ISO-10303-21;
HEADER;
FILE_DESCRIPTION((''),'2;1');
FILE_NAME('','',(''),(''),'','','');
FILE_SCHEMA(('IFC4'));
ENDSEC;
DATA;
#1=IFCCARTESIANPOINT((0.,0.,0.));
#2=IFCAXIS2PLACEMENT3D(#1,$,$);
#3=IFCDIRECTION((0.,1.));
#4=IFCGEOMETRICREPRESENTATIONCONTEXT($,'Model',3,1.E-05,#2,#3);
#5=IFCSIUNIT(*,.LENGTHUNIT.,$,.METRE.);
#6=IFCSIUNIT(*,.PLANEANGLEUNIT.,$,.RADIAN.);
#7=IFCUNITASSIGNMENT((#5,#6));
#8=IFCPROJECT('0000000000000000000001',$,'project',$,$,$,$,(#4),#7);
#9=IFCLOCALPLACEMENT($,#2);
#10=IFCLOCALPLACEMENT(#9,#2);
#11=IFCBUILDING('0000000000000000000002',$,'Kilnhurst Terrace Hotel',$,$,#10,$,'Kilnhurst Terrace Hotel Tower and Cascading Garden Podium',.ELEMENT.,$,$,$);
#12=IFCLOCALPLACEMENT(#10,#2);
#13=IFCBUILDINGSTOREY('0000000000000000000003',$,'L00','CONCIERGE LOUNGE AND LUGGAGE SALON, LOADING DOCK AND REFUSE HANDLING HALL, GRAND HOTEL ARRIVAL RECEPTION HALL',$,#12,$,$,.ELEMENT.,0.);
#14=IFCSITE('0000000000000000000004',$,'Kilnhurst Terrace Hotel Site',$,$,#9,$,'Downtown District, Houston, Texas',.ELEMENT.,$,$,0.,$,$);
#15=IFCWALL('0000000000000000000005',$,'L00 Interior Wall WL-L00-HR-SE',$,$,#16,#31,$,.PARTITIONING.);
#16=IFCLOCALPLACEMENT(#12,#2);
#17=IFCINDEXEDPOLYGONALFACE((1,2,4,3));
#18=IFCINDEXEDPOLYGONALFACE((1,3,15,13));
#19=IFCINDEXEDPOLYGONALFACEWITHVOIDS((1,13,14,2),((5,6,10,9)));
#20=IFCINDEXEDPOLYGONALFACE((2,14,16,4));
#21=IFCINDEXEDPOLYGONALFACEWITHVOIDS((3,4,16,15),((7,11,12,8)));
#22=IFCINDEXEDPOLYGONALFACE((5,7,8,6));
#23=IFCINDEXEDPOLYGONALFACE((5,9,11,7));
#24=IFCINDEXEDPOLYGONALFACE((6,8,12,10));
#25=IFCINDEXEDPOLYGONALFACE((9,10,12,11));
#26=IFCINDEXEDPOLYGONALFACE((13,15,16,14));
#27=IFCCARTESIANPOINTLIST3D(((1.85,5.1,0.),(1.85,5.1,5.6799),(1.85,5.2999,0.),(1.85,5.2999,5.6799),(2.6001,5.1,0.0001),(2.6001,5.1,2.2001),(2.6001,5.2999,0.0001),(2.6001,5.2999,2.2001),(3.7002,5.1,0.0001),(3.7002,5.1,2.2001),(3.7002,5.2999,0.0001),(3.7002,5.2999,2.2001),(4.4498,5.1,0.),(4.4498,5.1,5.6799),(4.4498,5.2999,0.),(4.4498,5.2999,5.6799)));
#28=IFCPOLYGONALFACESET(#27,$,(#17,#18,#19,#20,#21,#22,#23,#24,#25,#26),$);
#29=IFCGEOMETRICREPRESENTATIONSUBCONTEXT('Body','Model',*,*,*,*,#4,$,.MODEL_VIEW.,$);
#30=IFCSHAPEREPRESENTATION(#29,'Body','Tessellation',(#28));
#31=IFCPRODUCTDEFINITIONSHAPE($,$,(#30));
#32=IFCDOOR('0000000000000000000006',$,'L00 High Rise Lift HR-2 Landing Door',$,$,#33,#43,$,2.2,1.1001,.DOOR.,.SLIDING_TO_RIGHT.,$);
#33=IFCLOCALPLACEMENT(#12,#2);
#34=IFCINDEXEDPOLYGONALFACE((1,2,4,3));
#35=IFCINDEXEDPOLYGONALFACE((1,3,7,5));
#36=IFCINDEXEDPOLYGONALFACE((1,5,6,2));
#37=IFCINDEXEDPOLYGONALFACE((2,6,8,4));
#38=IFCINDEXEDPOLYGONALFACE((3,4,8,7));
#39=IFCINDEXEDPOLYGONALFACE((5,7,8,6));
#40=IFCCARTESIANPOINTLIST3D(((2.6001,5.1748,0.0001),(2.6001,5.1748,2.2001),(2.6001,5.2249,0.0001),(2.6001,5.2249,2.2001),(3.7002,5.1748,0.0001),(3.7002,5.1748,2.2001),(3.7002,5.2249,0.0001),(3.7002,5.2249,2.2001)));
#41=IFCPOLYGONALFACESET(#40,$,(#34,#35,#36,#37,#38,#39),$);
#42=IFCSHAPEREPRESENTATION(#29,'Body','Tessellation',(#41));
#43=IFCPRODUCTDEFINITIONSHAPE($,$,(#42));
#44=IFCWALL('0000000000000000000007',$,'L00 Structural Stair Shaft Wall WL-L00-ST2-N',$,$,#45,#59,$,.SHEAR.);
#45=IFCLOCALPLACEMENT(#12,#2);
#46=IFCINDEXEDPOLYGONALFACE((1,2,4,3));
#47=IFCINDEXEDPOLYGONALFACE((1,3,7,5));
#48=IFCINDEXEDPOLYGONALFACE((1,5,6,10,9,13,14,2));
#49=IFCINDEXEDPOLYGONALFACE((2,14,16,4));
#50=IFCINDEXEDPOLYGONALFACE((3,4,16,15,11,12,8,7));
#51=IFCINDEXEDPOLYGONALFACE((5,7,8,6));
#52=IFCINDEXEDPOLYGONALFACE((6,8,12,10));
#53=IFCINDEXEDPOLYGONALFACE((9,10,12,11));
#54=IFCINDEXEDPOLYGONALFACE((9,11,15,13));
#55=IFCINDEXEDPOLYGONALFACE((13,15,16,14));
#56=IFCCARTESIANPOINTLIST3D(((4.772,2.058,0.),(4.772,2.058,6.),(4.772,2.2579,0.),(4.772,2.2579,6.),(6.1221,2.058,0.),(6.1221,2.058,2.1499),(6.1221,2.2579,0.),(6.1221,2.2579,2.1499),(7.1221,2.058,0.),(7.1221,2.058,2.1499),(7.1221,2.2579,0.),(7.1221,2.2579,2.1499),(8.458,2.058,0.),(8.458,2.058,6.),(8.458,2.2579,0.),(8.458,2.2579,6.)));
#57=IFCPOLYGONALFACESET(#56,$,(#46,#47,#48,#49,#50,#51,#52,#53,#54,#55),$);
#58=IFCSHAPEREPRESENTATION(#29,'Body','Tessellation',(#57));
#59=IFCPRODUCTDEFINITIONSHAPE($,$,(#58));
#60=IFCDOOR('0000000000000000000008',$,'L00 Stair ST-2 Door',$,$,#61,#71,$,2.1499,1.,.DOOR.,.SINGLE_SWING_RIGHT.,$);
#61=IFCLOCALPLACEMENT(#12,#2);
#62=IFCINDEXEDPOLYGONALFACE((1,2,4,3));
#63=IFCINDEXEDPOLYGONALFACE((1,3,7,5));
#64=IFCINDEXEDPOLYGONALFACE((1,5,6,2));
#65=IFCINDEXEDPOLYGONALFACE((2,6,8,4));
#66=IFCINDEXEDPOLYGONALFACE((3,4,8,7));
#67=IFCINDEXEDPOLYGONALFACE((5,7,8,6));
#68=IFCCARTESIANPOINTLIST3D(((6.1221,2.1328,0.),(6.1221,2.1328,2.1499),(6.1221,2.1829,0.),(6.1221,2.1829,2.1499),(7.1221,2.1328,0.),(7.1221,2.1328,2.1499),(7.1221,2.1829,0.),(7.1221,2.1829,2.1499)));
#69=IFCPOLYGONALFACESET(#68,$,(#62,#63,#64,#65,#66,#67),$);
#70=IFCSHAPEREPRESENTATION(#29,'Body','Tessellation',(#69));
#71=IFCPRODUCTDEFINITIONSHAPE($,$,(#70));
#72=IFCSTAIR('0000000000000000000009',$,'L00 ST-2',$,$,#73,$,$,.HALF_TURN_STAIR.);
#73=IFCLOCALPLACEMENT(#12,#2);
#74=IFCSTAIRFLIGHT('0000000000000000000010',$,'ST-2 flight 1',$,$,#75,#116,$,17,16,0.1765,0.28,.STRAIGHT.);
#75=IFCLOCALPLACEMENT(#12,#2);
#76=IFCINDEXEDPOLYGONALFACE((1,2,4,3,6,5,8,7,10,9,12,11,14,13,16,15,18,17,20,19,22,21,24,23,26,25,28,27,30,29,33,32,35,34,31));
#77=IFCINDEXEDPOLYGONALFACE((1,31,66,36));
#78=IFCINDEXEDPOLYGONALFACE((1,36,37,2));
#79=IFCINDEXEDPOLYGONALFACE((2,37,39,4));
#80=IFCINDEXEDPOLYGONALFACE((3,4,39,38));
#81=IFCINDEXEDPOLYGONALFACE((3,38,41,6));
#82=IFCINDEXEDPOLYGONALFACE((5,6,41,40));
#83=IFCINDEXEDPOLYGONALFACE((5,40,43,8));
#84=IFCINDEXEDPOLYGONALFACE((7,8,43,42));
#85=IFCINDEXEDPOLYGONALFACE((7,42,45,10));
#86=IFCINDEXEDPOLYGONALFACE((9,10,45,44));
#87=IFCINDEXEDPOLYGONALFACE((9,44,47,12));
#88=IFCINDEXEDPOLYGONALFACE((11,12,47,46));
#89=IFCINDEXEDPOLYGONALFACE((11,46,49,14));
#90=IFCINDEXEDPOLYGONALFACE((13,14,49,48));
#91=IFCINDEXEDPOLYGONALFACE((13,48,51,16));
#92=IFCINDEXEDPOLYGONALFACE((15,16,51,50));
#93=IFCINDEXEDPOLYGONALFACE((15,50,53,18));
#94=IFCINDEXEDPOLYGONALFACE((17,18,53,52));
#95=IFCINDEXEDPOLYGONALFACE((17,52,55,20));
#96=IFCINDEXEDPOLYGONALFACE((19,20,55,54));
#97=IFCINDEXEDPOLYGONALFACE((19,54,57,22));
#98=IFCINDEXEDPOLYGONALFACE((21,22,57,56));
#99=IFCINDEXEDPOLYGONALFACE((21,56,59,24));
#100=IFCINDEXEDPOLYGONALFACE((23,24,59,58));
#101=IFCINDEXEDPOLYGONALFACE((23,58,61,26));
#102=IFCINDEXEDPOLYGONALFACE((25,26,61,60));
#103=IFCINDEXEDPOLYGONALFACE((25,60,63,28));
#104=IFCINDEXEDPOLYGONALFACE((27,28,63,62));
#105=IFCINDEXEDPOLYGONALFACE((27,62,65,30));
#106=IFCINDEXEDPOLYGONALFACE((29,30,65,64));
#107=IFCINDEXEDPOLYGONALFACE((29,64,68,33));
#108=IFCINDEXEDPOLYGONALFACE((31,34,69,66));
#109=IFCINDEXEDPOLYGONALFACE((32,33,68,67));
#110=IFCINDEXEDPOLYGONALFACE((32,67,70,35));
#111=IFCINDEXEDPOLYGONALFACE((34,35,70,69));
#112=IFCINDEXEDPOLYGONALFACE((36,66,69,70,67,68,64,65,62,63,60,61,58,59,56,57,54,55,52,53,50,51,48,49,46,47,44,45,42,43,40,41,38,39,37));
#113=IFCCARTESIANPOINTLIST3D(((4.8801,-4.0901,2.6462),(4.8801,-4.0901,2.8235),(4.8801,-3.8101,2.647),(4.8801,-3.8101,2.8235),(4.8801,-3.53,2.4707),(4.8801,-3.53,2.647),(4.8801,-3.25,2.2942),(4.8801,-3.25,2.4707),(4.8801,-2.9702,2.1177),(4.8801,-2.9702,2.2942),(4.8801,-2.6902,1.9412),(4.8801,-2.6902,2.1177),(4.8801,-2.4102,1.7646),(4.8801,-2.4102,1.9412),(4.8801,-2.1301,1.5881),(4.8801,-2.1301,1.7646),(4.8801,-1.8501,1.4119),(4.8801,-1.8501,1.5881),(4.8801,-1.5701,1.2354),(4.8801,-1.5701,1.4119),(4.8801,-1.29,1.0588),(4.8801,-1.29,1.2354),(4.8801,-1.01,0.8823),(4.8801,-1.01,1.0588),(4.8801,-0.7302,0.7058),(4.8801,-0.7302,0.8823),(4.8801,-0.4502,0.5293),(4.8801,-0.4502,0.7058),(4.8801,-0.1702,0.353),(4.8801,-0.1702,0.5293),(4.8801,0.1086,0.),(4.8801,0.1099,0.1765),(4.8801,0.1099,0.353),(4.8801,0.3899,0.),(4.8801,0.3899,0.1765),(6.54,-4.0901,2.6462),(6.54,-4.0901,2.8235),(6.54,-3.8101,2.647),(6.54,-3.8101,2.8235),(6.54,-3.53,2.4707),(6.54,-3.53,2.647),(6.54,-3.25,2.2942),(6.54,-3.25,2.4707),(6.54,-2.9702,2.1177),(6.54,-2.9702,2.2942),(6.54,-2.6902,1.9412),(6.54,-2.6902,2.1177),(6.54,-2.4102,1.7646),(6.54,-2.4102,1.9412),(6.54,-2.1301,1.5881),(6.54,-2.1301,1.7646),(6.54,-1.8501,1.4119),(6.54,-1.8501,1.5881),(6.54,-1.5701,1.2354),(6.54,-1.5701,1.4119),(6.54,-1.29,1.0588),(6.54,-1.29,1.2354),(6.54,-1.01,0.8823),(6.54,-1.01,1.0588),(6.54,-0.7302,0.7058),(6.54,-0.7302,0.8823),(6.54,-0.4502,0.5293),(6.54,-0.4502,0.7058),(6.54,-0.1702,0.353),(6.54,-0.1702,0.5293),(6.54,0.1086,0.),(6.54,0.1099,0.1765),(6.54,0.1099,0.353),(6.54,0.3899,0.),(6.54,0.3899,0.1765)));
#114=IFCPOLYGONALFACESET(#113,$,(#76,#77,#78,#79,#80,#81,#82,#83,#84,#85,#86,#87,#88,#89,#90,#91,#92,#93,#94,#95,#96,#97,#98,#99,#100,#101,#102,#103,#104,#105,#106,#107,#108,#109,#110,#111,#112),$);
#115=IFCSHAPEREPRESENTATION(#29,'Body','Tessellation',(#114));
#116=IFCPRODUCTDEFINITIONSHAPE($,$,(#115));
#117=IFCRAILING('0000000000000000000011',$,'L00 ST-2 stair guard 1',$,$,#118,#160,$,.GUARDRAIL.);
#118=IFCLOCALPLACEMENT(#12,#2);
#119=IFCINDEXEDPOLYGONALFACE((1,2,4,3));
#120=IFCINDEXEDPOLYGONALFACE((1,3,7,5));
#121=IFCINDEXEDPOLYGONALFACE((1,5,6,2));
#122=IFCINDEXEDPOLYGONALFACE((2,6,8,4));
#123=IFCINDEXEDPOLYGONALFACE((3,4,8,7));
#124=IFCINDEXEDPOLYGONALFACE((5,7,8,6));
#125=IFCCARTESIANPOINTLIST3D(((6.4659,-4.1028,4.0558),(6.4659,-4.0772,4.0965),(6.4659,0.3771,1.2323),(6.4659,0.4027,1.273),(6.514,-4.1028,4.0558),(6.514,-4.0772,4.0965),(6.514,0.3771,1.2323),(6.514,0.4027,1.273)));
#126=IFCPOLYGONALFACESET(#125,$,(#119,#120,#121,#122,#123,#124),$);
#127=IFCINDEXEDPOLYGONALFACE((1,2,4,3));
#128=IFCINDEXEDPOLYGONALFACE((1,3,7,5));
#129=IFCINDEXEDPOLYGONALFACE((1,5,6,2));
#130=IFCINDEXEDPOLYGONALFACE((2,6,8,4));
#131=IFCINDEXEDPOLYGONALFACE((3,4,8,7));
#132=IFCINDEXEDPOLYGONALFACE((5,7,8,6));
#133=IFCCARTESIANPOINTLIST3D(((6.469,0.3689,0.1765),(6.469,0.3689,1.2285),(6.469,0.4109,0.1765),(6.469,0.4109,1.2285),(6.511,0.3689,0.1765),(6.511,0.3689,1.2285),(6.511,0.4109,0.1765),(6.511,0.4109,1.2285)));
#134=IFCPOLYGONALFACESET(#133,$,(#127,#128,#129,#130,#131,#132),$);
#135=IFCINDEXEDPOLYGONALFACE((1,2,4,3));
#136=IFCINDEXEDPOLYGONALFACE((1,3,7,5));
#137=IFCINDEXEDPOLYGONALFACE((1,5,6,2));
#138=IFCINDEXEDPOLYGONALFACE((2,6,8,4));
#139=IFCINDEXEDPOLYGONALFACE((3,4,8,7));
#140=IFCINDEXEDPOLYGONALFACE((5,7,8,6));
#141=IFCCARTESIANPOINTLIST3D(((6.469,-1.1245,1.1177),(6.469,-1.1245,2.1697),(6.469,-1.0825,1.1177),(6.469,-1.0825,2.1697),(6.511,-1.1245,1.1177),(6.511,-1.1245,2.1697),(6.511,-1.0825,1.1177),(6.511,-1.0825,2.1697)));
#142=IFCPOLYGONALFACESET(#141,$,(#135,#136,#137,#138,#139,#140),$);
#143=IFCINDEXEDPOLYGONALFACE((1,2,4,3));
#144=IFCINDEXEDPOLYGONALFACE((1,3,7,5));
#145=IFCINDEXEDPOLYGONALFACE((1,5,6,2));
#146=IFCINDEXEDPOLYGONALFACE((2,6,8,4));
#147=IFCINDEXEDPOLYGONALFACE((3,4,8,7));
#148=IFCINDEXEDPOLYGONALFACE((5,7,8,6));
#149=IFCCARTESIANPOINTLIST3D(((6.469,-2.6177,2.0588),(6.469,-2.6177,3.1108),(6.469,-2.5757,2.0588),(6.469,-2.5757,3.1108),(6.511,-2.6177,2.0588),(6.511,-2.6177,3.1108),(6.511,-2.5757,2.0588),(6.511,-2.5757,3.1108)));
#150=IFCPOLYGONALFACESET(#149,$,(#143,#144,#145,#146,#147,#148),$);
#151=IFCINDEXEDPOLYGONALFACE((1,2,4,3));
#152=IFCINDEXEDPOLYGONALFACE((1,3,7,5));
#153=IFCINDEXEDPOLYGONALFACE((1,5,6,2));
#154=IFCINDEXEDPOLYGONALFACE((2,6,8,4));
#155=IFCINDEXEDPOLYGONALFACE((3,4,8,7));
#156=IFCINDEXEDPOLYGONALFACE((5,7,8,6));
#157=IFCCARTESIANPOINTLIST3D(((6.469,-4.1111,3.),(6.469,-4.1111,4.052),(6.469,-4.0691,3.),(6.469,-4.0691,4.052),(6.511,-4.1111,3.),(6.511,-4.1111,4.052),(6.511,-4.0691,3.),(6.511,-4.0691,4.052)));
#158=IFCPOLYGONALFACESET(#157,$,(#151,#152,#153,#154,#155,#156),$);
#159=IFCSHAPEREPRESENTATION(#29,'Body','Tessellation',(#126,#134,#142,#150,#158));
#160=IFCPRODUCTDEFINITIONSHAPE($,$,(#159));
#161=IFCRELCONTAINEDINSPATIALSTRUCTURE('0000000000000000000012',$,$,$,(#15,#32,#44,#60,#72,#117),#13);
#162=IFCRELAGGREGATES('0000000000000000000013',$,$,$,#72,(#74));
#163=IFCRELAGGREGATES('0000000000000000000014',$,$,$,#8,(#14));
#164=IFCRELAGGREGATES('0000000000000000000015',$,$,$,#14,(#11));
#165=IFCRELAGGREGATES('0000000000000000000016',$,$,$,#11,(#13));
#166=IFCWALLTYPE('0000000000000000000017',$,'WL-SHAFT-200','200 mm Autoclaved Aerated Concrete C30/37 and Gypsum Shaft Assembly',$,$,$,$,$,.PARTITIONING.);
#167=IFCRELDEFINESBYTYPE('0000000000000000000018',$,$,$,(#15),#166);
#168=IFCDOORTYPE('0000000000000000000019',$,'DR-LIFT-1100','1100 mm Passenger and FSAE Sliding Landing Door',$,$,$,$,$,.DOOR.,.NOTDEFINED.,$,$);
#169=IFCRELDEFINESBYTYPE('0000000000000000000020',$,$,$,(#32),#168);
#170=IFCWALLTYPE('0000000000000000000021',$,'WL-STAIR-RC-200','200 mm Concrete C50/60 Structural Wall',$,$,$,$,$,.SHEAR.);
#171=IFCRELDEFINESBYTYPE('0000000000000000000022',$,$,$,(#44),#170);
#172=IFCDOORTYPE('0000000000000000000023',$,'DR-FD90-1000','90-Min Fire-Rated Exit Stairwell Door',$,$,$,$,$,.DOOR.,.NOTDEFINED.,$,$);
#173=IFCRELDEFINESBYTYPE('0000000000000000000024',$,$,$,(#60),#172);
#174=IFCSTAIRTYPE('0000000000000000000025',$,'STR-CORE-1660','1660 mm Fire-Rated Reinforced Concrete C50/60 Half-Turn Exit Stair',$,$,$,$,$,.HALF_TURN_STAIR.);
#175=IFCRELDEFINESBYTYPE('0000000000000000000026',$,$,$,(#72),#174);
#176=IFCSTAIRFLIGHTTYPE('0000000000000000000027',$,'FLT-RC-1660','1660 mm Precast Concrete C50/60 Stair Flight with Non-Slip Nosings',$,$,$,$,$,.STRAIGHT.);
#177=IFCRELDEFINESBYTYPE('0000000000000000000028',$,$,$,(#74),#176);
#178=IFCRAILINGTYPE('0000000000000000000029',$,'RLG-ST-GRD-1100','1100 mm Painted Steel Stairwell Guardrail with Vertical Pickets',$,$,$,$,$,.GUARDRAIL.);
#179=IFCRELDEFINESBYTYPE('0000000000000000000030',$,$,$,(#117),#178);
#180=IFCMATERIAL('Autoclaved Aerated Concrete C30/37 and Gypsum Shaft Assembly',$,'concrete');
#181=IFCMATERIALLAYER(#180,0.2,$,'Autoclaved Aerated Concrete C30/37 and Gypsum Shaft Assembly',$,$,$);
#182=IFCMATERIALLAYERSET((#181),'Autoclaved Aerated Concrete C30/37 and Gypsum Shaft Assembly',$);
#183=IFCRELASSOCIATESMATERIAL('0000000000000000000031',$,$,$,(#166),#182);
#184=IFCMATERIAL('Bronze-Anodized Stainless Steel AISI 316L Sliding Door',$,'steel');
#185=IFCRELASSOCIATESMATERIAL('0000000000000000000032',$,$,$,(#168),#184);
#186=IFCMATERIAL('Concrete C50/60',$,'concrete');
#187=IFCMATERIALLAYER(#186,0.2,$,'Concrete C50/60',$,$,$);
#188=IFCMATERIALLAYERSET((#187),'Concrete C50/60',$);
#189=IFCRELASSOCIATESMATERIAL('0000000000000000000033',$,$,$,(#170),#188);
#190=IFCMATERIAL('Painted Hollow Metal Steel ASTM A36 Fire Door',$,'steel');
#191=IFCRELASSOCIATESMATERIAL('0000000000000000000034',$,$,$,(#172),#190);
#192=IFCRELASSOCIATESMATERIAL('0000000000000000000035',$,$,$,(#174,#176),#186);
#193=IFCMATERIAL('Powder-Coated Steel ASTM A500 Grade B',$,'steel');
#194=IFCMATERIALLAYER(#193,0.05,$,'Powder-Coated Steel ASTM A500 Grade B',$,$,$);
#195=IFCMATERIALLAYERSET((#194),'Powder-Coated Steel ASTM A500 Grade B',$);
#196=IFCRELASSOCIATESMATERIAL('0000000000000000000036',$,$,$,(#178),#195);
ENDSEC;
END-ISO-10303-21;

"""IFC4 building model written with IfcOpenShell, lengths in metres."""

from ifc_helpers import new_model, si_unit, direction, frame, frame_2d, origin, origin_2d, place, context, subcontext, project, spatial, polyline, rectangle, outline, extrude, material, layer, layer_set, type_object, element, fill, aggregate, save


model = new_model("IFC4")

# Units and contexts
model_context = context("Model", 3, precision=1e-05, world=origin(), true_north=direction((0.0, 1.0)))
body_context = subcontext(model_context, "Body", "Model", "MODEL_VIEW")
ifc_project = project(units=[si_unit("LENGTHUNIT", "METRE"), si_unit("PLANEANGLEUNIT", "RADIAN")], contexts=[model_context])

# Site, building, storey
site_placement = place(None, origin())
site = spatial("IfcSite", under=ifc_project, at=site_placement, Name="Kilnhurst Terrace Hotel Site", LongName="Downtown District, Houston, Texas", CompositionType="ELEMENT", RefElevation=0.0)
building_placement = place(site_placement, origin())
building = spatial("IfcBuilding", under=site, at=building_placement, Name="Kilnhurst Terrace Hotel", LongName="Kilnhurst Terrace Hotel Tower and Cascading Garden Podium", CompositionType="ELEMENT")
storey_placement = place(building_placement, origin())
storey = spatial("IfcBuildingStorey", under=building, at=storey_placement, Name="L00", Description="CONCIERGE LOUNGE AND LUGGAGE SALON, LOADING DOCK AND REFUSE HANDLING HALL, GRAND HOTEL ARRIVAL RECEPTION HALL", CompositionType="ELEMENT", Elevation=0.0)

# Shared definitions
ifc_material_1 = material(Name="Concrete C50/60", Category="concrete")

# Shared definitions
ifc_material_2 = material(Name="Autoclaved Aerated Concrete C30/37 and Gypsum Shaft Assembly", Category="concrete")
ifc_layer_1 = layer(ifc_material_2, 0.2, Name="Autoclaved Aerated Concrete C30/37 and Gypsum Shaft Assembly")
ifc_layer_set_1 = layer_set([ifc_layer_1], Name="Autoclaved Aerated Concrete C30/37 and Gypsum Shaft Assembly")
wall_type_1 = type_object("IfcWallType", Name="WL-SHAFT-200", Description="200 mm Autoclaved Aerated Concrete C30/37 and Gypsum Shaft Assembly", PredefinedType="PARTITIONING", material=ifc_layer_set_1)
ifc_material_3 = material(Name="Bronze-Anodized Stainless Steel AISI 316L Sliding Door", Category="steel")
door_type_1 = type_object("IfcDoorType", Name="DR-LIFT-1100", Description="1100 mm Passenger and FSAE Sliding Landing Door", OperationType="NOTDEFINED", PredefinedType="DOOR", material=ifc_material_3)

# Walls, openings, doors
wall_1_placement = place(storey_placement, frame((1.8501, 5.2, 0.0), z_axis=(0.0, 0.0, 1.0), x_axis=(1.0, 0.0, 0.0)))
wall_1 = element("IfcWall", 1, at=wall_1_placement, inside=storey, type_object=wall_type_1, Name="L00 Interior Wall WL-L00-HR-SE", PredefinedType="PARTITIONING", context=body_context, shape_type="SweptSolid", body=[
    extrude(rectangle(XDim=2.5999, YDim=0.2, at=frame_2d((1.2998, 0.0))), origin(), (0.0, 0.0, 1.0), 5.6799),
])
opening_1_placement = place(wall_1_placement, frame((0.75, 0.0, 0.0)))
opening_1 = element("IfcOpeningElement", 2, at=opening_1_placement, cuts=wall_1, PredefinedType="OPENING", context=body_context, shape_type="SweptSolid", body=[
    extrude(rectangle(XDim=1.1001, YDim=2.2, at=frame_2d((0.55, 1.1001))), frame((0.0, 0.1099, 0.0), z_axis=(0.0, -1.0, 0.0), x_axis=(1.0, 0.0, 0.0)), (0.0, 0.0, 1.0), 0.22),
])
door_1_placement = place(opening_1_placement, origin())
door_1 = element("IfcDoor", 3, at=door_1_placement, inside=storey, type_object=door_type_1, Name="L00 High Rise Lift HR-2 Landing Door", OperationType="SLIDING_TO_RIGHT", OverallHeight=2.2, OverallWidth=1.1001, PredefinedType="DOOR", context=body_context, shape_type="SweptSolid", body=[
    extrude(rectangle(XDim=1.1001, YDim=2.2, at=frame_2d((0.55, 1.1001))), frame((0.0, 0.0249, 0.0), z_axis=(0.0, -1.0, 0.0), x_axis=(1.0, 0.0, 0.0)), (0.0, 0.0, 1.0), 0.05),
])
fill(opening_1, door_1)
ifc_layer_2 = layer(ifc_material_1, 0.2, Name="Concrete C50/60")
ifc_layer_set_2 = layer_set([ifc_layer_2], Name="Concrete C50/60")
wall_type_2 = type_object("IfcWallType", Name="WL-STAIR-RC-200", Description="200 mm Concrete C50/60 Structural Wall", PredefinedType="SHEAR", material=ifc_layer_set_2)
wall_2_placement = place(storey_placement, frame((4.772, 2.158, 0.0), z_axis=(0.0, 0.0, 1.0), x_axis=(1.0, 0.0, 0.0)))
wall_2 = element("IfcWall", 4, at=wall_2_placement, inside=storey, type_object=wall_type_2, Name="L00 Structural Stair Shaft Wall WL-L00-ST2-N", PredefinedType="SHEAR", context=body_context, shape_type="SweptSolid", body=[
    extrude(rectangle(XDim=3.686, YDim=0.2, at=frame_2d((1.843, 0.0))), origin(), (0.0, 0.0, 1.0), 6.0),
])
opening_2_placement = place(wall_2_placement, frame((1.3501, 0.0, 0.0)))
opening_2 = element("IfcOpeningElement", 5, at=opening_2_placement, cuts=wall_2, PredefinedType="OPENING", context=body_context, shape_type="SweptSolid", body=[
    extrude(rectangle(XDim=1.0, YDim=2.1499, at=frame_2d((0.5, 1.075))), frame((0.0, 0.1099, 0.0), z_axis=(0.0, -1.0, 0.0), x_axis=(1.0, 0.0, 0.0)), (0.0, 0.0, 1.0), 0.22),
])
ifc_material_4 = material(Name="Painted Hollow Metal Steel ASTM A36 Fire Door", Category="steel")
door_type_2 = type_object("IfcDoorType", Name="DR-FD90-1000", Description="90-Min Fire-Rated Exit Stairwell Door", OperationType="NOTDEFINED", PredefinedType="DOOR", material=ifc_material_4)
door_2_placement = place(opening_2_placement, origin())
door_2 = element("IfcDoor", 6, at=door_2_placement, inside=storey, type_object=door_type_2, Name="L00 Stair ST-2 Door", OperationType="SINGLE_SWING_RIGHT", OverallHeight=2.1499, OverallWidth=1.0, PredefinedType="DOOR", context=body_context, shape_type="SweptSolid", body=[
    extrude(rectangle(XDim=1.0, YDim=2.1499, at=frame_2d((0.5, 1.075))), frame((0.0, 0.0249, 0.0), z_axis=(0.0, -1.0, 0.0), x_axis=(1.0, 0.0, 0.0)), (0.0, 0.0, 1.0), 0.05),
])
fill(opening_2, door_2)

# Stair, stair flight
stair_type = type_object("IfcStairType", Name="STR-CORE-1660", Description="1660 mm Fire-Rated Reinforced Concrete C50/60 Half-Turn Exit Stair", PredefinedType="HALF_TURN_STAIR", material=ifc_material_1)
stair_placement = place(storey_placement, origin())
stair = element("IfcStair", 7, at=stair_placement, inside=storey, type_object=stair_type, Name="L00 ST-2", PredefinedType="HALF_TURN_STAIR")
stair_flight_type = type_object("IfcStairFlightType", Name="FLT-RC-1660", Description="1660 mm Precast Concrete C50/60 Stair Flight with Non-Slip Nosings", PredefinedType="STRAIGHT", material=ifc_material_1)
stair_flight_placement = place(storey_placement, frame((5.71, 0.3899, 0.0), z_axis=(0.0, 0.0, 1.0), x_axis=(0.0, -1.0, 0.0)))
stair_flight = element("IfcStairFlight", 8, at=stair_flight_placement, type_object=stair_flight_type, Name="ST-2 flight 1", NumberOfRisers=17, NumberOfTreads=16, PredefinedType="STRAIGHT", RiserHeight=0.1765, TreadLength=0.28, context=body_context, shape_type="SweptSolid", body=[
    extrude(outline(polyline([(0.0, 0.0), (0.0, 0.1765), (0.28, 0.1765), (0.28, 0.353), (0.5601, 0.353), (0.5601, 0.5293), (0.8401, 0.5293), (0.8401, 0.7058), (1.1201, 0.7058), (1.1201, 0.8823), (1.3999, 0.8823), (1.3999, 1.0588), (1.6799, 1.0588), (1.6799, 1.2354), (1.96, 1.2354), (1.96, 1.4119), (2.24, 1.4119), (2.24, 1.5881), (2.52, 1.5881), (2.52, 1.7646), (2.8, 1.7646), (2.8, 1.9412), (3.0801, 1.9412), (3.0801, 2.1177), (3.3601, 2.1177), (3.3601, 2.2942), (3.6399, 2.2942), (3.6399, 2.4707), (3.9199, 2.4707), (3.9199, 2.647), (4.2, 2.647), (4.2, 2.8235), (4.48, 2.8235), (4.48, 3.0), (4.48, 2.6462), (0.2812, 0.0), (0.0, 0.0)])), frame((0.0, 0.8301, 0.0), z_axis=(0.0, -1.0, 0.0), x_axis=(1.0, 0.0, 0.0)), (0.0, 0.0, 1.0), 1.6599),
])
aggregate(stair, [stair_flight])

# Railing
ifc_material_5 = material(Name="Powder-Coated Steel ASTM A500 Grade B", Category="steel")
ifc_layer_3 = layer(ifc_material_5, 0.05, Name="Powder-Coated Steel ASTM A500 Grade B")
ifc_layer_set_3 = layer_set([ifc_layer_3], Name="Powder-Coated Steel ASTM A500 Grade B")
railing_type = type_object("IfcRailingType", Name="RLG-ST-GRD-1100", Description="1100 mm Painted Steel Stairwell Guardrail with Vertical Pickets", PredefinedType="GUARDRAIL", material=ifc_layer_set_3)
railing_1_placement = place(storey_placement, frame((6.49, 0.3899, 0.1765)))
element("IfcRailing", 9, at=railing_1_placement, inside=storey, type_object=railing_type, Name="L00 ST-2 stair guard 1", PredefinedType="GUARDRAIL", context=body_context, shape_type="SweptSolid", body=[
    extrude(rectangle(XDim=0.0481, YDim=0.0481, at=origin_2d()), frame((0.0, 0.0, 1.0762), z_axis=(0.0, -0.845998, 0.533186), x_axis=(1.0, 0.0, 0.0)), (0.0, 0.0, 1.0), 5.2954),
    extrude(rectangle(XDim=0.042, YDim=0.042, at=origin_2d()), origin(), (0.0, 0.0, 1.0), 1.052),
    extrude(rectangle(XDim=0.042, YDim=0.042, at=origin_2d()), frame((0.0, -1.4934, 0.9412)), (0.0, 0.0, 1.0), 1.052),
    extrude(rectangle(XDim=0.042, YDim=0.042, at=origin_2d()), frame((0.0, -2.9866, 1.8823)), (0.0, 0.0, 1.0), 1.052),
    extrude(rectangle(XDim=0.042, YDim=0.042, at=origin_2d()), frame((0.0, -4.48, 2.8235)), (0.0, 0.0, 1.0), 1.052),
])

save(model, "model.ifc")
